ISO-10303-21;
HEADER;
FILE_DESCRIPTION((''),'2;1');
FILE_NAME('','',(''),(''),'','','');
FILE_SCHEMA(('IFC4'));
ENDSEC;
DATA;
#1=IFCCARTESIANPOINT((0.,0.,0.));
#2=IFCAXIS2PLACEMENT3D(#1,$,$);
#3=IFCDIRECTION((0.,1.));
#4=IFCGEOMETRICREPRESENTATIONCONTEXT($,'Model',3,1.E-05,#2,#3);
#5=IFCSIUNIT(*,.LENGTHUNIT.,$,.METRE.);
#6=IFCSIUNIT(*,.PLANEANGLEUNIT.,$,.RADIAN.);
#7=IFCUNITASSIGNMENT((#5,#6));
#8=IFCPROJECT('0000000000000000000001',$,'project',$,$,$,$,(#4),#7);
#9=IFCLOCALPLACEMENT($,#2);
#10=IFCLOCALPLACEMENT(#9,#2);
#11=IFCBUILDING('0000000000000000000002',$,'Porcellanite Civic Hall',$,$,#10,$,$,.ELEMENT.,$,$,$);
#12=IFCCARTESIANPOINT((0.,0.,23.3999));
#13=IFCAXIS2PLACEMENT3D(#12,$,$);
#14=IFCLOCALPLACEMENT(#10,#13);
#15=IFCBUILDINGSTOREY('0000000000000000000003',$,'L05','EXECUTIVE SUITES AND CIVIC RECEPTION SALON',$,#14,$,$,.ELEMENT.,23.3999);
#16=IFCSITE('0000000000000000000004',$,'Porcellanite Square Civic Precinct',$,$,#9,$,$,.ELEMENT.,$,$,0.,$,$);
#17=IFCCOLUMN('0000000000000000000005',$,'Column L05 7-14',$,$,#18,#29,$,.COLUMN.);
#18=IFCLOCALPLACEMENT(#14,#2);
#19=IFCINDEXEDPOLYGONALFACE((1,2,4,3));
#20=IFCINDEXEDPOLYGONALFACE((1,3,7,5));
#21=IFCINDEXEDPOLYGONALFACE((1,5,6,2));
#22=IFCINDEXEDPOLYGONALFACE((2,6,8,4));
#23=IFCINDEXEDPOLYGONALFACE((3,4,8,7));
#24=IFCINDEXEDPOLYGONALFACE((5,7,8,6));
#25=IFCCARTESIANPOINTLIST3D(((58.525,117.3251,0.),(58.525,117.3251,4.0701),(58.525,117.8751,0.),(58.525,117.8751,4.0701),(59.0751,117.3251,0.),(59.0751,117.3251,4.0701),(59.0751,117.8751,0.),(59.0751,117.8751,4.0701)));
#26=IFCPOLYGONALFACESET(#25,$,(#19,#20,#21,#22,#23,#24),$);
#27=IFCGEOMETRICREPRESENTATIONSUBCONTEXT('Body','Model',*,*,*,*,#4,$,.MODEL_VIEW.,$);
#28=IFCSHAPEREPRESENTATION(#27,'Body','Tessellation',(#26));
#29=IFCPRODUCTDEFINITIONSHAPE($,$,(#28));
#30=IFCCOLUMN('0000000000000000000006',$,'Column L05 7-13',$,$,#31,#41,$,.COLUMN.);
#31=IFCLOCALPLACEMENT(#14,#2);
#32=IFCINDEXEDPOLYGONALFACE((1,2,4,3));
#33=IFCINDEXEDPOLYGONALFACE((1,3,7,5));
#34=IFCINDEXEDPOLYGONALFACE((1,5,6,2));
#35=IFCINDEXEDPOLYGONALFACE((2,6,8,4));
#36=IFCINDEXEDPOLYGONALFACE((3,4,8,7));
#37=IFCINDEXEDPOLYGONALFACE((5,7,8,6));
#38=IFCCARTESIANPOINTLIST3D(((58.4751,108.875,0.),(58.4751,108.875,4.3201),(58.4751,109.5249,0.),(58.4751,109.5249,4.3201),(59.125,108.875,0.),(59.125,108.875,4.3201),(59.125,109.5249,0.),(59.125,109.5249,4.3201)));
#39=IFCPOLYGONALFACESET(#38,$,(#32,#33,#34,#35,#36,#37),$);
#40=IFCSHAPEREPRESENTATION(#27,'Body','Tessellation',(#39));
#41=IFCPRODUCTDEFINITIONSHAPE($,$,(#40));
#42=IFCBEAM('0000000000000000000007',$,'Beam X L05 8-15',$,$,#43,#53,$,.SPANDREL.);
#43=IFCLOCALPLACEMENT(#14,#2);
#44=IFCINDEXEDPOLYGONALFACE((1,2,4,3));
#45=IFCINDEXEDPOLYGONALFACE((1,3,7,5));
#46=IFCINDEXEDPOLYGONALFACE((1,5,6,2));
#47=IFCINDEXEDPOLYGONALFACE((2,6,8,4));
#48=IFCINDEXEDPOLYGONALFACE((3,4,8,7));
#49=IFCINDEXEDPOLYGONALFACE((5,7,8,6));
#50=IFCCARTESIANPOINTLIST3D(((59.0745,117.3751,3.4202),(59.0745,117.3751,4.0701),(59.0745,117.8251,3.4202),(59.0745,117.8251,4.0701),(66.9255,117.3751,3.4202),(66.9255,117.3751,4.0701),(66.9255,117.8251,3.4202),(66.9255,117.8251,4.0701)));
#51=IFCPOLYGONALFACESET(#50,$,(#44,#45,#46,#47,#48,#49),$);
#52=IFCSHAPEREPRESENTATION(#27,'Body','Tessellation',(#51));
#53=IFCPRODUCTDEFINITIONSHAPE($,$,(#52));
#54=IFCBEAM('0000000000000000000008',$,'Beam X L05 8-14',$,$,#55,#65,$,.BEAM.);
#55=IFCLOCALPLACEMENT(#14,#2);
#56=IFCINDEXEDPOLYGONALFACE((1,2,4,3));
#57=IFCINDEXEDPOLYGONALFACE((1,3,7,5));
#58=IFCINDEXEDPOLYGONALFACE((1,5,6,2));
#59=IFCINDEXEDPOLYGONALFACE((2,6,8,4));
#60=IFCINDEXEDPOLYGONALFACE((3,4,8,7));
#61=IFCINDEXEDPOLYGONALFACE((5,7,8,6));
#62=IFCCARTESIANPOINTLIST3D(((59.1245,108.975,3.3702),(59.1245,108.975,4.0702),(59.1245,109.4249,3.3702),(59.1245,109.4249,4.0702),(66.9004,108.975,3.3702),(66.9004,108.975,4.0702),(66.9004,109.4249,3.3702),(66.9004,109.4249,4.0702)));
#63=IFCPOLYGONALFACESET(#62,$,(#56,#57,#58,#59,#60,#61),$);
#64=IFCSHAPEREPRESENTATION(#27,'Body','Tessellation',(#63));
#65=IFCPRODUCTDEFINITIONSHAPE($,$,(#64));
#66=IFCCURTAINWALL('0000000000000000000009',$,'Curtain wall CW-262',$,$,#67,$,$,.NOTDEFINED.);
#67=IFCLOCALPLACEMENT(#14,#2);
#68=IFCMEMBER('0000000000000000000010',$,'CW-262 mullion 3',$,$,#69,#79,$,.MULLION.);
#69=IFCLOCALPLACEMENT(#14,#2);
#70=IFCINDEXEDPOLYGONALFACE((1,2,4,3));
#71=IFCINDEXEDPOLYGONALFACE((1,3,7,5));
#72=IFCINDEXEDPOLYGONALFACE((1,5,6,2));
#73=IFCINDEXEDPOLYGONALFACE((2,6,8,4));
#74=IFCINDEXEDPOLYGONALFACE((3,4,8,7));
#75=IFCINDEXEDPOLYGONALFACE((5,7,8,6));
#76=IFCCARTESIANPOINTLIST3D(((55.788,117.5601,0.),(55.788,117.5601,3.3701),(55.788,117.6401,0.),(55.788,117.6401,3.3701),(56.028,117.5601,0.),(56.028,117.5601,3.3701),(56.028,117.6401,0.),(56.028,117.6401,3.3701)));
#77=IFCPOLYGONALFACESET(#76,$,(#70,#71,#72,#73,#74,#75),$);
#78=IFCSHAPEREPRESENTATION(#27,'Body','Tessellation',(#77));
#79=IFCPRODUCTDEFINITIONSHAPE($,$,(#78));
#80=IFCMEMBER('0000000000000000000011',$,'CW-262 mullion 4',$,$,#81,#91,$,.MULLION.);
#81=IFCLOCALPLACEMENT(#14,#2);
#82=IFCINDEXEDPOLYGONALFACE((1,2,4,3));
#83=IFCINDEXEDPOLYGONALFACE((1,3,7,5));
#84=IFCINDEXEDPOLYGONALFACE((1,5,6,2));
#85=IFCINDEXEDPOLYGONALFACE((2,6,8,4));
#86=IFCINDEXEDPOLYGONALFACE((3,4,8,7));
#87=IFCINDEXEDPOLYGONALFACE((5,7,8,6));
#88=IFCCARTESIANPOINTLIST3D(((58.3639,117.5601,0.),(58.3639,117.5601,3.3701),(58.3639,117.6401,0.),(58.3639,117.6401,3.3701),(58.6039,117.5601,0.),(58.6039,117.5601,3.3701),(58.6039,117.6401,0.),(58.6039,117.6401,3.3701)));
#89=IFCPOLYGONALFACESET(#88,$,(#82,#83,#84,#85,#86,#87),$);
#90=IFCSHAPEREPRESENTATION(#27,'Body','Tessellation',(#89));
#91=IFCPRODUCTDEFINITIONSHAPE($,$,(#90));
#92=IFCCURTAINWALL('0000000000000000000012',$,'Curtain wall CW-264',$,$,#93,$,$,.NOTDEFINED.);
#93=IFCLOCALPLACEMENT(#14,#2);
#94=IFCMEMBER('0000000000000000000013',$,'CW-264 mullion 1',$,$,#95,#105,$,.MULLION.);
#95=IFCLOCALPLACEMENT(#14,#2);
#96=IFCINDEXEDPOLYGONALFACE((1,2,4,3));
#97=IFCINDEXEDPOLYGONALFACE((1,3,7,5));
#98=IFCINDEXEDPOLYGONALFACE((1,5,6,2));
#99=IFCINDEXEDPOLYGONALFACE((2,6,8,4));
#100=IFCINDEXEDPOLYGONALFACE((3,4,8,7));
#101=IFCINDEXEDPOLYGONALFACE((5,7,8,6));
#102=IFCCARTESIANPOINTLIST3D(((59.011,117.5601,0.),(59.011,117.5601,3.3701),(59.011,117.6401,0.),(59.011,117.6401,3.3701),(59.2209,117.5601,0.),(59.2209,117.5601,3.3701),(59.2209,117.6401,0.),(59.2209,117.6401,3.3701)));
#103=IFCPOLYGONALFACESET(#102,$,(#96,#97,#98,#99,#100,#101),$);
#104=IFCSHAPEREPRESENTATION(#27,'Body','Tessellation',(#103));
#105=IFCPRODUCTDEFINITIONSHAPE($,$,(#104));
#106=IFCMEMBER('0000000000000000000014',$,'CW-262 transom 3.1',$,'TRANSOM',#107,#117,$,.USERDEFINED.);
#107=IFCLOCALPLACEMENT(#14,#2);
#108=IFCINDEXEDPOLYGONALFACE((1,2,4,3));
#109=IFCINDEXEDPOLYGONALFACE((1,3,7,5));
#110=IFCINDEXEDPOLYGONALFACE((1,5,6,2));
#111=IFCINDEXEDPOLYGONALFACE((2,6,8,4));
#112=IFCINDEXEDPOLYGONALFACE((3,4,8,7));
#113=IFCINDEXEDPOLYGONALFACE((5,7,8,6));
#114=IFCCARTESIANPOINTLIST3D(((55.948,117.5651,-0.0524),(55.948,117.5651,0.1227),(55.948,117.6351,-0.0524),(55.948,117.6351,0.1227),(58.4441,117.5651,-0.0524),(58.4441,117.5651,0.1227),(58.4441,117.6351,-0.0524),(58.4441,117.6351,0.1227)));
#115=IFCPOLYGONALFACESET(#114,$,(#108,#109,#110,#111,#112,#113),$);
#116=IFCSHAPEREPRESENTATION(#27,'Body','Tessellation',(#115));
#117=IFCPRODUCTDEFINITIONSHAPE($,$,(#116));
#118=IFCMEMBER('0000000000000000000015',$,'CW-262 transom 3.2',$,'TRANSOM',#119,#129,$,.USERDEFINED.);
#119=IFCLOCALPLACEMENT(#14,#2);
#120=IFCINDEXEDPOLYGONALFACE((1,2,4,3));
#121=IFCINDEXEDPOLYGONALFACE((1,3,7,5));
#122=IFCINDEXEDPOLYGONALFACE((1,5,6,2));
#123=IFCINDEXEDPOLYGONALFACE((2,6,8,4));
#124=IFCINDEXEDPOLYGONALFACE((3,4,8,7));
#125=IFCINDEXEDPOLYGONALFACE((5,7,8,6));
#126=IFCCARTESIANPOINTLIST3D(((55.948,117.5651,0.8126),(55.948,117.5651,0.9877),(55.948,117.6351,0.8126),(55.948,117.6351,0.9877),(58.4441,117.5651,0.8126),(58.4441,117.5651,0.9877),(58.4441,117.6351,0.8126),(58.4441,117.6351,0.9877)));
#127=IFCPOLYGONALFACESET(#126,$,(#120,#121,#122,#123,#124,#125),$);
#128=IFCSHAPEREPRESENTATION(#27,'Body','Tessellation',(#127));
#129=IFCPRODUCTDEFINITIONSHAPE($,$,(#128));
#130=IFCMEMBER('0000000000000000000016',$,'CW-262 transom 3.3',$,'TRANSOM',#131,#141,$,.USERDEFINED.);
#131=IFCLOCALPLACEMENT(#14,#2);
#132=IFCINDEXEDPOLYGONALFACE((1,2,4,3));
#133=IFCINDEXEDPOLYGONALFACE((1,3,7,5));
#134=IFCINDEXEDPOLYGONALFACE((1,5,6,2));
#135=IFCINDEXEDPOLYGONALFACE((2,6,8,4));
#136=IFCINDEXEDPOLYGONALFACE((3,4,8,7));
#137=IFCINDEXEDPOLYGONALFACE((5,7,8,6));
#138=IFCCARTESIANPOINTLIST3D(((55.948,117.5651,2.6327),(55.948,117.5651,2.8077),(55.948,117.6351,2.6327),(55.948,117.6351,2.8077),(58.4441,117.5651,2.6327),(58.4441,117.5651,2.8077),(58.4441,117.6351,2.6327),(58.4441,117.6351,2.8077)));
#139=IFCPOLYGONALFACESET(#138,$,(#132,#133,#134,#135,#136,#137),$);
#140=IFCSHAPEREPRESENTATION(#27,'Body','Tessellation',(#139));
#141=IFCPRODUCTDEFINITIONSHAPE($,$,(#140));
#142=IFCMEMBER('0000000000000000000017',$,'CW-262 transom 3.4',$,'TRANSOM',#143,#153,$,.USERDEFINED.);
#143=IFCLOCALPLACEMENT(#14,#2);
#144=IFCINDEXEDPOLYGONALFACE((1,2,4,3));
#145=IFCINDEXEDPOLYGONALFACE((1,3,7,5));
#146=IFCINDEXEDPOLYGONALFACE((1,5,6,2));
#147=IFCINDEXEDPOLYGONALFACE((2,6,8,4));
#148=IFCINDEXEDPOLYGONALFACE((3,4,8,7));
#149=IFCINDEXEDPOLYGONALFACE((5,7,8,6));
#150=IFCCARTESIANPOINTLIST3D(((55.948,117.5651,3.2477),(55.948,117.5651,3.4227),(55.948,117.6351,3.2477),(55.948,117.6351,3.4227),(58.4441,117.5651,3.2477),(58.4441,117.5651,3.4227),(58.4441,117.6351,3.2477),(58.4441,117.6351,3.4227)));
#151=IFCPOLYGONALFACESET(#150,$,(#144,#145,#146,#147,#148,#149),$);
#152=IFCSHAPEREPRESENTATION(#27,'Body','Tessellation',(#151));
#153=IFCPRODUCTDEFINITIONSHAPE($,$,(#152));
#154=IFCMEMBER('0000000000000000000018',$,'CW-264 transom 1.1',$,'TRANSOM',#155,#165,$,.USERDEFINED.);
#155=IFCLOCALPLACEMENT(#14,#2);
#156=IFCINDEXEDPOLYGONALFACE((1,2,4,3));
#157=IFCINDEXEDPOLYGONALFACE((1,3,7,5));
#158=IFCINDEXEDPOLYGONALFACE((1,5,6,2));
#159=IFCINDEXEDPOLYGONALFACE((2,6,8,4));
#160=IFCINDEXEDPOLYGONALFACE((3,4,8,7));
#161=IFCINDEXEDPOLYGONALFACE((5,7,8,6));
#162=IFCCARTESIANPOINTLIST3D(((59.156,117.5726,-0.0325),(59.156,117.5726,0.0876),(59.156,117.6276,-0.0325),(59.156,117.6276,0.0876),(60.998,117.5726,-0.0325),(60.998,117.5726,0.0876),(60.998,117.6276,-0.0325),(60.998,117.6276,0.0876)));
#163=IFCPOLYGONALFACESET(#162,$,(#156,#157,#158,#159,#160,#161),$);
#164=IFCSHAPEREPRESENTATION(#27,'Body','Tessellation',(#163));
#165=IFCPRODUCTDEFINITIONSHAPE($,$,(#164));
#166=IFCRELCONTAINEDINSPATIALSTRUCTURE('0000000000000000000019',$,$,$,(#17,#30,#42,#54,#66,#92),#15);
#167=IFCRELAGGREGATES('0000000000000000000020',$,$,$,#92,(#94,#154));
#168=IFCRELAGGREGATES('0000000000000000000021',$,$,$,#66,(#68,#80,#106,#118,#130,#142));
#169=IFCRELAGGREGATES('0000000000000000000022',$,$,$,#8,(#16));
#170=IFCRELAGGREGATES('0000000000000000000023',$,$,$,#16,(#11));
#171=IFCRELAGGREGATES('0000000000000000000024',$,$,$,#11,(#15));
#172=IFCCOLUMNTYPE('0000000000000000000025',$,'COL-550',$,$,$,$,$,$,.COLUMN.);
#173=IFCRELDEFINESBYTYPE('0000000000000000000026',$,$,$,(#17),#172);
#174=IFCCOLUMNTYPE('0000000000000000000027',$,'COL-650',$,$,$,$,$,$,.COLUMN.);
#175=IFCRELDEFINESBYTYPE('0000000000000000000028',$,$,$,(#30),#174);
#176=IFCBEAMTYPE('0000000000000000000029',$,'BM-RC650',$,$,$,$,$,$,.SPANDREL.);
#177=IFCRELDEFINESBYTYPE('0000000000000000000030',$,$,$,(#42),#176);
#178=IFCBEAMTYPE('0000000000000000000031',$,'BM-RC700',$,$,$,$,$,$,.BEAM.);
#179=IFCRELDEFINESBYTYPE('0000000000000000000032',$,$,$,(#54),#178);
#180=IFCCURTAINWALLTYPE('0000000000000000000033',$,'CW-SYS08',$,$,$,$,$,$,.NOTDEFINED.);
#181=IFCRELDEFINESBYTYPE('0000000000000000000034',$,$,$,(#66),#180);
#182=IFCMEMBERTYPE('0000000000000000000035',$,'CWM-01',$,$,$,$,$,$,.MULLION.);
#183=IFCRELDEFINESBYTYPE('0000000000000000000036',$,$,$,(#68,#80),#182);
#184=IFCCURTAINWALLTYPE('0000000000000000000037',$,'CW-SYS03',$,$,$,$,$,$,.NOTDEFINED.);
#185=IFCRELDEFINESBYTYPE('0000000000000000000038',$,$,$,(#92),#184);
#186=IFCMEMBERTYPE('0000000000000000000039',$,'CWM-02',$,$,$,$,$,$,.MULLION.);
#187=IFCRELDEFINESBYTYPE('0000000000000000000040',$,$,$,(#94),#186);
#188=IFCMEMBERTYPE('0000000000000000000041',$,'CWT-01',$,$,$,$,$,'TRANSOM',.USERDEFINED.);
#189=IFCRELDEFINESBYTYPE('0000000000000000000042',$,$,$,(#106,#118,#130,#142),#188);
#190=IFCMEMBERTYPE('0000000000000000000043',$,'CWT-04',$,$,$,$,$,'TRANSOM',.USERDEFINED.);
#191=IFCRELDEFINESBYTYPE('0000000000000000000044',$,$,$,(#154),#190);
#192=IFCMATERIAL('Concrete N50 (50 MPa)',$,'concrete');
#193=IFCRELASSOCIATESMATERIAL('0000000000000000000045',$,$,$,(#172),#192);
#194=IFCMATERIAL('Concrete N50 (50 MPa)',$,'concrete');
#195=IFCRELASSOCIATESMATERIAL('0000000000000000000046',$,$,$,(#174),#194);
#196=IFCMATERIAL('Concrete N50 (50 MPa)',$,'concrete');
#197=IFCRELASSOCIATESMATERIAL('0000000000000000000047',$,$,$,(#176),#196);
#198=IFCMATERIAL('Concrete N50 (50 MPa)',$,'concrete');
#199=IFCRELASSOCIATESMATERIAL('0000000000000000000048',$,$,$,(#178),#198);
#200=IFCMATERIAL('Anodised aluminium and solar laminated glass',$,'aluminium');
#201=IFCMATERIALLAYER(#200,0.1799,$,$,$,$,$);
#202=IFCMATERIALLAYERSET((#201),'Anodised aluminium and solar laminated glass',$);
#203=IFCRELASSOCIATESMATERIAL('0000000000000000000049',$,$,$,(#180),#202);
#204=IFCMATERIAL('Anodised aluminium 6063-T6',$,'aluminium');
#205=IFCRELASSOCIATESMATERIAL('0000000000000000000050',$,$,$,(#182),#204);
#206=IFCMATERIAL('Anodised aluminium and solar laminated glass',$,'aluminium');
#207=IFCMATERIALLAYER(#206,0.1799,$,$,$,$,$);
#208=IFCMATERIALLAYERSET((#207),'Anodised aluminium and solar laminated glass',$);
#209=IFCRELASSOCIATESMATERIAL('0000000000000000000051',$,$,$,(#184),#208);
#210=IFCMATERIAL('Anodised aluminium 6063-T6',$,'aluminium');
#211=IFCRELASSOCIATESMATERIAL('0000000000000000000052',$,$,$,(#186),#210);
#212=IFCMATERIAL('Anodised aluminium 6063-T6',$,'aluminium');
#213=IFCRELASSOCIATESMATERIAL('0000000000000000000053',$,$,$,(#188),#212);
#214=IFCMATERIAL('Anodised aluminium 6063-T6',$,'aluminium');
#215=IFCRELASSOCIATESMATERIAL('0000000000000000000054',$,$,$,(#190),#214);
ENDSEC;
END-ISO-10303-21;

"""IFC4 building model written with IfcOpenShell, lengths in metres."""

from ifc_helpers import new_model, si_unit, direction, frame, origin, origin_2d, place, context, subcontext, project, spatial, rectangle, extrude, material, layer, layer_set, material_profile, profile_set, type_object, element, aggregate, save


model = new_model("IFC4")

# Units and contexts
model_context = context("Model", 3, precision=1e-05, world=origin(), true_north=direction((0.0, 1.0)))
body_context = subcontext(model_context, "Body", "Model", "MODEL_VIEW")
ifc_project = project(units=[si_unit("LENGTHUNIT", "METRE"), si_unit("PLANEANGLEUNIT", "RADIAN")], contexts=[model_context])

# Site, building, storey
site_placement = place(None, origin())
site = spatial("IfcSite", under=ifc_project, at=site_placement, Name="Porcellanite Square Civic Precinct", CompositionType="ELEMENT", RefElevation=0.0)
building_placement = place(site_placement, origin())
building = spatial("IfcBuilding", under=site, at=building_placement, Name="Porcellanite Civic Hall", CompositionType="ELEMENT")
storey_placement = place(building_placement, frame((0.0, 0.0, 23.3999)))
storey = spatial("IfcBuildingStorey", under=building, at=storey_placement, Name="L05", Description="EXECUTIVE SUITES AND CIVIC RECEPTION SALON", CompositionType="ELEMENT", Elevation=23.3999)

# Columns
ifc_material_1 = material(Name="Concrete N50 (50 MPa)", Category="concrete")
ifc_material_profile_1 = material_profile(ifc_material_1, rectangle(XDim=0.55, YDim=0.55, at=origin_2d()), Name="RC-550x550")
ifc_profile_set_1 = profile_set([ifc_material_profile_1], Name="Concrete N50 (50 MPa)")
column_type_1 = type_object("IfcColumnType", Name="COL-550", PredefinedType="COLUMN", material=ifc_profile_set_1)
column_1_placement = place(storey_placement, frame((58.8, 117.6001, 0.0), z_axis=(0.0, 0.0, 1.0), x_axis=(1.0, 0.0, 0.0)))
element("IfcColumn", 1, at=column_1_placement, inside=storey, type_object=column_type_1, Name="Column L05 7-14", PredefinedType="COLUMN", context=body_context, shape_type="SweptSolid", body=[
    extrude(rectangle(XDim=0.55, YDim=0.55, at=origin_2d()), origin(), (0.0, 0.0, 1.0), 4.0701),
])
ifc_material_2 = material(Name="Concrete N50 (50 MPa)", Category="concrete")
ifc_material_profile_2 = material_profile(ifc_material_2, rectangle(XDim=0.6499, YDim=0.6499, at=origin_2d()), Name="RC-650x650")
ifc_profile_set_2 = profile_set([ifc_material_profile_2], Name="Concrete N50 (50 MPa)")
column_type_2 = type_object("IfcColumnType", Name="COL-650", PredefinedType="COLUMN", material=ifc_profile_set_2)
column_2_placement = place(storey_placement, frame((58.8, 109.2, 0.0), z_axis=(0.0, 0.0, 1.0), x_axis=(1.0, 0.0, 0.0)))
element("IfcColumn", 2, at=column_2_placement, inside=storey, type_object=column_type_2, Name="Column L05 7-13", PredefinedType="COLUMN", context=body_context, shape_type="SweptSolid", body=[
    extrude(rectangle(XDim=0.6499, YDim=0.6499, at=origin_2d()), origin(), (0.0, 0.0, 1.0), 4.3201),
])

# Beams
ifc_material_3 = material(Name="Concrete N50 (50 MPa)", Category="concrete")
ifc_material_profile_3 = material_profile(ifc_material_3, rectangle(XDim=0.45, YDim=0.6499, at=origin_2d()), Name="RC-450x650")
ifc_profile_set_3 = profile_set([ifc_material_profile_3], Name="Concrete N50 (50 MPa)")
beam_type_1 = type_object("IfcBeamType", Name="BM-RC650", PredefinedType="SPANDREL", material=ifc_profile_set_3)
beam_1_placement = place(storey_placement, frame((59.0745, 117.6001, 3.7451), z_axis=(1.0, 0.0, 0.0), x_axis=(0.0, 1.0, 0.0)))
element("IfcBeam", 3, at=beam_1_placement, inside=storey, type_object=beam_type_1, Name="Beam X L05 8-15", PredefinedType="SPANDREL", context=body_context, shape_type="SweptSolid", body=[
    extrude(rectangle(XDim=0.45, YDim=0.6499, at=origin_2d()), origin(), (0.0, 0.0, 1.0), 7.8511),
])
ifc_material_4 = material(Name="Concrete N50 (50 MPa)", Category="concrete")
ifc_material_profile_4 = material_profile(ifc_material_4, rectangle(XDim=0.45, YDim=0.7, at=origin_2d()), Name="RC-450x700")
ifc_profile_set_4 = profile_set([ifc_material_profile_4], Name="Concrete N50 (50 MPa)")
beam_type_2 = type_object("IfcBeamType", Name="BM-RC700", PredefinedType="BEAM", material=ifc_profile_set_4)
beam_2_placement = place(storey_placement, frame((59.1245, 109.2, 3.7202), z_axis=(1.0, 0.0, 0.0), x_axis=(0.0, 1.0, 0.0)))
element("IfcBeam", 4, at=beam_2_placement, inside=storey, type_object=beam_type_2, Name="Beam X L05 8-14", PredefinedType="BEAM", context=body_context, shape_type="SweptSolid", body=[
    extrude(rectangle(XDim=0.45, YDim=0.7, at=origin_2d()), origin(), (0.0, 0.0, 1.0), 7.7759),
])

# Curtain wall, members
ifc_material_5 = material(Name="Anodised aluminium and solar laminated glass", Category="aluminium")
ifc_layer_1 = layer(ifc_material_5, 0.1799)
ifc_layer_set_1 = layer_set([ifc_layer_1], Name="Anodised aluminium and solar laminated glass")
curtain_wall_type_1 = type_object("IfcCurtainWallType", Name="CW-SYS08", PredefinedType="NOTDEFINED", material=ifc_layer_set_1)
curtain_wall_1_placement = place(storey_placement, origin())
curtain_wall_1 = element("IfcCurtainWall", 5, at=curtain_wall_1_placement, inside=storey, type_object=curtain_wall_type_1, Name="Curtain wall CW-262", PredefinedType="NOTDEFINED")
ifc_material_6 = material(Name="Anodised aluminium 6063-T6", Category="aluminium")
ifc_material_profile_5 = material_profile(ifc_material_6, rectangle(XDim=0.0801, YDim=0.24, at=origin_2d()), Name="AL-80x240")
ifc_profile_set_5 = profile_set([ifc_material_profile_5], Name="Anodised aluminium 6063-T6")
member_type_1 = type_object("IfcMemberType", Name="CWM-01", PredefinedType="MULLION", material=ifc_profile_set_5)
member_1_placement = place(storey_placement, frame((55.908, 117.6001, 0.0), z_axis=(0.0, 0.0, 1.0), x_axis=(0.0, 1.0, 0.0)))
member_1 = element("IfcMember", 6, at=member_1_placement, type_object=member_type_1, Name="CW-262 mullion 3", PredefinedType="MULLION", context=body_context, shape_type="SweptSolid", body=[
    extrude(rectangle(XDim=0.0801, YDim=0.24, at=origin_2d()), origin(), (0.0, 0.0, 1.0), 3.3701),
])
member_2_placement = place(storey_placement, frame((58.4839, 117.6001, 0.0), z_axis=(0.0, 0.0, 1.0), x_axis=(0.0, 1.0, 0.0)))
member_2 = element("IfcMember", 7, at=member_2_placement, type_object=member_type_1, Name="CW-262 mullion 4", PredefinedType="MULLION", context=body_context, shape_type="SweptSolid", body=[
    extrude(rectangle(XDim=0.0801, YDim=0.24, at=origin_2d()), origin(), (0.0, 0.0, 1.0), 3.3701),
])

# Curtain wall, member
ifc_material_7 = material(Name="Anodised aluminium and solar laminated glass", Category="aluminium")
ifc_layer_2 = layer(ifc_material_7, 0.1799)
ifc_layer_set_2 = layer_set([ifc_layer_2], Name="Anodised aluminium and solar laminated glass")
curtain_wall_type_2 = type_object("IfcCurtainWallType", Name="CW-SYS03", PredefinedType="NOTDEFINED", material=ifc_layer_set_2)
curtain_wall_2_placement = place(storey_placement, origin())
curtain_wall_2 = element("IfcCurtainWall", 8, at=curtain_wall_2_placement, inside=storey, type_object=curtain_wall_type_2, Name="Curtain wall CW-264", PredefinedType="NOTDEFINED")
ifc_material_8 = material(Name="Anodised aluminium 6063-T6", Category="aluminium")
ifc_material_profile_6 = material_profile(ifc_material_8, rectangle(XDim=0.0801, YDim=0.21, at=origin_2d()), Name="AL-80x210")
ifc_profile_set_6 = profile_set([ifc_material_profile_6], Name="Anodised aluminium 6063-T6")
member_type_2 = type_object("IfcMemberType", Name="CWM-02", PredefinedType="MULLION", material=ifc_profile_set_6)
member_3_placement = place(storey_placement, frame((59.116, 117.6001, 0.0), z_axis=(0.0, 0.0, 1.0), x_axis=(0.0, 1.0, 0.0)))
member_3 = element("IfcMember", 9, at=member_3_placement, type_object=member_type_2, Name="CW-264 mullion 1", PredefinedType="MULLION", context=body_context, shape_type="SweptSolid", body=[
    extrude(rectangle(XDim=0.0801, YDim=0.21, at=origin_2d()), origin(), (0.0, 0.0, 1.0), 3.3701),
])

# Members
ifc_material_9 = material(Name="Anodised aluminium 6063-T6", Category="aluminium")
ifc_material_profile_7 = material_profile(ifc_material_9, rectangle(XDim=0.0701, YDim=0.175, at=origin_2d()), Name="AL-70x175")
ifc_profile_set_7 = profile_set([ifc_material_profile_7], Name="Anodised aluminium 6063-T6")
member_type_3 = type_object("IfcMemberType", Name="CWT-01", ElementType="TRANSOM", PredefinedType="USERDEFINED", material=ifc_profile_set_7)
member_4_placement = place(storey_placement, frame((55.948, 117.6001, 0.0352), z_axis=(1.0, 0.0, 0.0), x_axis=(0.0, 1.0, 0.0)))
member_4 = element("IfcMember", 10, at=member_4_placement, type_object=member_type_3, Name="CW-262 transom 3.1", ObjectType="TRANSOM", PredefinedType="USERDEFINED", context=body_context, shape_type="SweptSolid", body=[
    extrude(rectangle(XDim=0.0701, YDim=0.175, at=origin_2d()), origin(), (0.0, 0.0, 1.0), 2.4961),
])
member_5_placement = place(storey_placement, frame((55.948, 117.6001, 0.9001), z_axis=(1.0, 0.0, 0.0), x_axis=(0.0, 1.0, 0.0)))
member_5 = element("IfcMember", 11, at=member_5_placement, type_object=member_type_3, Name="CW-262 transom 3.2", ObjectType="TRANSOM", PredefinedType="USERDEFINED", context=body_context, shape_type="SweptSolid", body=[
    extrude(rectangle(XDim=0.0701, YDim=0.175, at=origin_2d()), origin(), (0.0, 0.0, 1.0), 2.4961),
])
member_6_placement = place(storey_placement, frame((55.948, 117.6001, 2.7202), z_axis=(1.0, 0.0, 0.0), x_axis=(0.0, 1.0, 0.0)))
member_6 = element("IfcMember", 12, at=member_6_placement, type_object=member_type_3, Name="CW-262 transom 3.3", ObjectType="TRANSOM", PredefinedType="USERDEFINED", context=body_context, shape_type="SweptSolid", body=[
    extrude(rectangle(XDim=0.0701, YDim=0.175, at=origin_2d()), origin(), (0.0, 0.0, 1.0), 2.4961),
])
member_7_placement = place(storey_placement, frame((55.948, 117.6001, 3.3352), z_axis=(1.0, 0.0, 0.0), x_axis=(0.0, 1.0, 0.0)))
member_7 = element("IfcMember", 13, at=member_7_placement, type_object=member_type_3, Name="CW-262 transom 3.4", ObjectType="TRANSOM", PredefinedType="USERDEFINED", context=body_context, shape_type="SweptSolid", body=[
    extrude(rectangle(XDim=0.0701, YDim=0.175, at=origin_2d()), origin(), (0.0, 0.0, 1.0), 2.4961),
])
ifc_material_10 = material(Name="Anodised aluminium 6063-T6", Category="aluminium")
ifc_material_profile_8 = material_profile(ifc_material_10, rectangle(XDim=0.0549, YDim=0.1201, at=origin_2d()), Name="AL-55x120")
ifc_profile_set_8 = profile_set([ifc_material_profile_8], Name="Anodised aluminium 6063-T6")
member_type_4 = type_object("IfcMemberType", Name="CWT-04", ElementType="TRANSOM", PredefinedType="USERDEFINED", material=ifc_profile_set_8)
member_8_placement = place(storey_placement, frame((59.156, 117.6001, 0.0276), z_axis=(1.0, 0.0, 0.0), x_axis=(0.0, 1.0, 0.0)))
member_8 = element("IfcMember", 14, at=member_8_placement, type_object=member_type_4, Name="CW-264 transom 1.1", ObjectType="TRANSOM", PredefinedType="USERDEFINED", context=body_context, shape_type="SweptSolid", body=[
    extrude(rectangle(XDim=0.0549, YDim=0.1201, at=origin_2d()), origin(), (0.0, 0.0, 1.0), 1.842),
])
aggregate(curtain_wall_2, [member_3, member_8])

aggregate(curtain_wall_1, [member_1, member_2, member_4, member_5, member_6, member_7])

save(model, "model.ifc")
